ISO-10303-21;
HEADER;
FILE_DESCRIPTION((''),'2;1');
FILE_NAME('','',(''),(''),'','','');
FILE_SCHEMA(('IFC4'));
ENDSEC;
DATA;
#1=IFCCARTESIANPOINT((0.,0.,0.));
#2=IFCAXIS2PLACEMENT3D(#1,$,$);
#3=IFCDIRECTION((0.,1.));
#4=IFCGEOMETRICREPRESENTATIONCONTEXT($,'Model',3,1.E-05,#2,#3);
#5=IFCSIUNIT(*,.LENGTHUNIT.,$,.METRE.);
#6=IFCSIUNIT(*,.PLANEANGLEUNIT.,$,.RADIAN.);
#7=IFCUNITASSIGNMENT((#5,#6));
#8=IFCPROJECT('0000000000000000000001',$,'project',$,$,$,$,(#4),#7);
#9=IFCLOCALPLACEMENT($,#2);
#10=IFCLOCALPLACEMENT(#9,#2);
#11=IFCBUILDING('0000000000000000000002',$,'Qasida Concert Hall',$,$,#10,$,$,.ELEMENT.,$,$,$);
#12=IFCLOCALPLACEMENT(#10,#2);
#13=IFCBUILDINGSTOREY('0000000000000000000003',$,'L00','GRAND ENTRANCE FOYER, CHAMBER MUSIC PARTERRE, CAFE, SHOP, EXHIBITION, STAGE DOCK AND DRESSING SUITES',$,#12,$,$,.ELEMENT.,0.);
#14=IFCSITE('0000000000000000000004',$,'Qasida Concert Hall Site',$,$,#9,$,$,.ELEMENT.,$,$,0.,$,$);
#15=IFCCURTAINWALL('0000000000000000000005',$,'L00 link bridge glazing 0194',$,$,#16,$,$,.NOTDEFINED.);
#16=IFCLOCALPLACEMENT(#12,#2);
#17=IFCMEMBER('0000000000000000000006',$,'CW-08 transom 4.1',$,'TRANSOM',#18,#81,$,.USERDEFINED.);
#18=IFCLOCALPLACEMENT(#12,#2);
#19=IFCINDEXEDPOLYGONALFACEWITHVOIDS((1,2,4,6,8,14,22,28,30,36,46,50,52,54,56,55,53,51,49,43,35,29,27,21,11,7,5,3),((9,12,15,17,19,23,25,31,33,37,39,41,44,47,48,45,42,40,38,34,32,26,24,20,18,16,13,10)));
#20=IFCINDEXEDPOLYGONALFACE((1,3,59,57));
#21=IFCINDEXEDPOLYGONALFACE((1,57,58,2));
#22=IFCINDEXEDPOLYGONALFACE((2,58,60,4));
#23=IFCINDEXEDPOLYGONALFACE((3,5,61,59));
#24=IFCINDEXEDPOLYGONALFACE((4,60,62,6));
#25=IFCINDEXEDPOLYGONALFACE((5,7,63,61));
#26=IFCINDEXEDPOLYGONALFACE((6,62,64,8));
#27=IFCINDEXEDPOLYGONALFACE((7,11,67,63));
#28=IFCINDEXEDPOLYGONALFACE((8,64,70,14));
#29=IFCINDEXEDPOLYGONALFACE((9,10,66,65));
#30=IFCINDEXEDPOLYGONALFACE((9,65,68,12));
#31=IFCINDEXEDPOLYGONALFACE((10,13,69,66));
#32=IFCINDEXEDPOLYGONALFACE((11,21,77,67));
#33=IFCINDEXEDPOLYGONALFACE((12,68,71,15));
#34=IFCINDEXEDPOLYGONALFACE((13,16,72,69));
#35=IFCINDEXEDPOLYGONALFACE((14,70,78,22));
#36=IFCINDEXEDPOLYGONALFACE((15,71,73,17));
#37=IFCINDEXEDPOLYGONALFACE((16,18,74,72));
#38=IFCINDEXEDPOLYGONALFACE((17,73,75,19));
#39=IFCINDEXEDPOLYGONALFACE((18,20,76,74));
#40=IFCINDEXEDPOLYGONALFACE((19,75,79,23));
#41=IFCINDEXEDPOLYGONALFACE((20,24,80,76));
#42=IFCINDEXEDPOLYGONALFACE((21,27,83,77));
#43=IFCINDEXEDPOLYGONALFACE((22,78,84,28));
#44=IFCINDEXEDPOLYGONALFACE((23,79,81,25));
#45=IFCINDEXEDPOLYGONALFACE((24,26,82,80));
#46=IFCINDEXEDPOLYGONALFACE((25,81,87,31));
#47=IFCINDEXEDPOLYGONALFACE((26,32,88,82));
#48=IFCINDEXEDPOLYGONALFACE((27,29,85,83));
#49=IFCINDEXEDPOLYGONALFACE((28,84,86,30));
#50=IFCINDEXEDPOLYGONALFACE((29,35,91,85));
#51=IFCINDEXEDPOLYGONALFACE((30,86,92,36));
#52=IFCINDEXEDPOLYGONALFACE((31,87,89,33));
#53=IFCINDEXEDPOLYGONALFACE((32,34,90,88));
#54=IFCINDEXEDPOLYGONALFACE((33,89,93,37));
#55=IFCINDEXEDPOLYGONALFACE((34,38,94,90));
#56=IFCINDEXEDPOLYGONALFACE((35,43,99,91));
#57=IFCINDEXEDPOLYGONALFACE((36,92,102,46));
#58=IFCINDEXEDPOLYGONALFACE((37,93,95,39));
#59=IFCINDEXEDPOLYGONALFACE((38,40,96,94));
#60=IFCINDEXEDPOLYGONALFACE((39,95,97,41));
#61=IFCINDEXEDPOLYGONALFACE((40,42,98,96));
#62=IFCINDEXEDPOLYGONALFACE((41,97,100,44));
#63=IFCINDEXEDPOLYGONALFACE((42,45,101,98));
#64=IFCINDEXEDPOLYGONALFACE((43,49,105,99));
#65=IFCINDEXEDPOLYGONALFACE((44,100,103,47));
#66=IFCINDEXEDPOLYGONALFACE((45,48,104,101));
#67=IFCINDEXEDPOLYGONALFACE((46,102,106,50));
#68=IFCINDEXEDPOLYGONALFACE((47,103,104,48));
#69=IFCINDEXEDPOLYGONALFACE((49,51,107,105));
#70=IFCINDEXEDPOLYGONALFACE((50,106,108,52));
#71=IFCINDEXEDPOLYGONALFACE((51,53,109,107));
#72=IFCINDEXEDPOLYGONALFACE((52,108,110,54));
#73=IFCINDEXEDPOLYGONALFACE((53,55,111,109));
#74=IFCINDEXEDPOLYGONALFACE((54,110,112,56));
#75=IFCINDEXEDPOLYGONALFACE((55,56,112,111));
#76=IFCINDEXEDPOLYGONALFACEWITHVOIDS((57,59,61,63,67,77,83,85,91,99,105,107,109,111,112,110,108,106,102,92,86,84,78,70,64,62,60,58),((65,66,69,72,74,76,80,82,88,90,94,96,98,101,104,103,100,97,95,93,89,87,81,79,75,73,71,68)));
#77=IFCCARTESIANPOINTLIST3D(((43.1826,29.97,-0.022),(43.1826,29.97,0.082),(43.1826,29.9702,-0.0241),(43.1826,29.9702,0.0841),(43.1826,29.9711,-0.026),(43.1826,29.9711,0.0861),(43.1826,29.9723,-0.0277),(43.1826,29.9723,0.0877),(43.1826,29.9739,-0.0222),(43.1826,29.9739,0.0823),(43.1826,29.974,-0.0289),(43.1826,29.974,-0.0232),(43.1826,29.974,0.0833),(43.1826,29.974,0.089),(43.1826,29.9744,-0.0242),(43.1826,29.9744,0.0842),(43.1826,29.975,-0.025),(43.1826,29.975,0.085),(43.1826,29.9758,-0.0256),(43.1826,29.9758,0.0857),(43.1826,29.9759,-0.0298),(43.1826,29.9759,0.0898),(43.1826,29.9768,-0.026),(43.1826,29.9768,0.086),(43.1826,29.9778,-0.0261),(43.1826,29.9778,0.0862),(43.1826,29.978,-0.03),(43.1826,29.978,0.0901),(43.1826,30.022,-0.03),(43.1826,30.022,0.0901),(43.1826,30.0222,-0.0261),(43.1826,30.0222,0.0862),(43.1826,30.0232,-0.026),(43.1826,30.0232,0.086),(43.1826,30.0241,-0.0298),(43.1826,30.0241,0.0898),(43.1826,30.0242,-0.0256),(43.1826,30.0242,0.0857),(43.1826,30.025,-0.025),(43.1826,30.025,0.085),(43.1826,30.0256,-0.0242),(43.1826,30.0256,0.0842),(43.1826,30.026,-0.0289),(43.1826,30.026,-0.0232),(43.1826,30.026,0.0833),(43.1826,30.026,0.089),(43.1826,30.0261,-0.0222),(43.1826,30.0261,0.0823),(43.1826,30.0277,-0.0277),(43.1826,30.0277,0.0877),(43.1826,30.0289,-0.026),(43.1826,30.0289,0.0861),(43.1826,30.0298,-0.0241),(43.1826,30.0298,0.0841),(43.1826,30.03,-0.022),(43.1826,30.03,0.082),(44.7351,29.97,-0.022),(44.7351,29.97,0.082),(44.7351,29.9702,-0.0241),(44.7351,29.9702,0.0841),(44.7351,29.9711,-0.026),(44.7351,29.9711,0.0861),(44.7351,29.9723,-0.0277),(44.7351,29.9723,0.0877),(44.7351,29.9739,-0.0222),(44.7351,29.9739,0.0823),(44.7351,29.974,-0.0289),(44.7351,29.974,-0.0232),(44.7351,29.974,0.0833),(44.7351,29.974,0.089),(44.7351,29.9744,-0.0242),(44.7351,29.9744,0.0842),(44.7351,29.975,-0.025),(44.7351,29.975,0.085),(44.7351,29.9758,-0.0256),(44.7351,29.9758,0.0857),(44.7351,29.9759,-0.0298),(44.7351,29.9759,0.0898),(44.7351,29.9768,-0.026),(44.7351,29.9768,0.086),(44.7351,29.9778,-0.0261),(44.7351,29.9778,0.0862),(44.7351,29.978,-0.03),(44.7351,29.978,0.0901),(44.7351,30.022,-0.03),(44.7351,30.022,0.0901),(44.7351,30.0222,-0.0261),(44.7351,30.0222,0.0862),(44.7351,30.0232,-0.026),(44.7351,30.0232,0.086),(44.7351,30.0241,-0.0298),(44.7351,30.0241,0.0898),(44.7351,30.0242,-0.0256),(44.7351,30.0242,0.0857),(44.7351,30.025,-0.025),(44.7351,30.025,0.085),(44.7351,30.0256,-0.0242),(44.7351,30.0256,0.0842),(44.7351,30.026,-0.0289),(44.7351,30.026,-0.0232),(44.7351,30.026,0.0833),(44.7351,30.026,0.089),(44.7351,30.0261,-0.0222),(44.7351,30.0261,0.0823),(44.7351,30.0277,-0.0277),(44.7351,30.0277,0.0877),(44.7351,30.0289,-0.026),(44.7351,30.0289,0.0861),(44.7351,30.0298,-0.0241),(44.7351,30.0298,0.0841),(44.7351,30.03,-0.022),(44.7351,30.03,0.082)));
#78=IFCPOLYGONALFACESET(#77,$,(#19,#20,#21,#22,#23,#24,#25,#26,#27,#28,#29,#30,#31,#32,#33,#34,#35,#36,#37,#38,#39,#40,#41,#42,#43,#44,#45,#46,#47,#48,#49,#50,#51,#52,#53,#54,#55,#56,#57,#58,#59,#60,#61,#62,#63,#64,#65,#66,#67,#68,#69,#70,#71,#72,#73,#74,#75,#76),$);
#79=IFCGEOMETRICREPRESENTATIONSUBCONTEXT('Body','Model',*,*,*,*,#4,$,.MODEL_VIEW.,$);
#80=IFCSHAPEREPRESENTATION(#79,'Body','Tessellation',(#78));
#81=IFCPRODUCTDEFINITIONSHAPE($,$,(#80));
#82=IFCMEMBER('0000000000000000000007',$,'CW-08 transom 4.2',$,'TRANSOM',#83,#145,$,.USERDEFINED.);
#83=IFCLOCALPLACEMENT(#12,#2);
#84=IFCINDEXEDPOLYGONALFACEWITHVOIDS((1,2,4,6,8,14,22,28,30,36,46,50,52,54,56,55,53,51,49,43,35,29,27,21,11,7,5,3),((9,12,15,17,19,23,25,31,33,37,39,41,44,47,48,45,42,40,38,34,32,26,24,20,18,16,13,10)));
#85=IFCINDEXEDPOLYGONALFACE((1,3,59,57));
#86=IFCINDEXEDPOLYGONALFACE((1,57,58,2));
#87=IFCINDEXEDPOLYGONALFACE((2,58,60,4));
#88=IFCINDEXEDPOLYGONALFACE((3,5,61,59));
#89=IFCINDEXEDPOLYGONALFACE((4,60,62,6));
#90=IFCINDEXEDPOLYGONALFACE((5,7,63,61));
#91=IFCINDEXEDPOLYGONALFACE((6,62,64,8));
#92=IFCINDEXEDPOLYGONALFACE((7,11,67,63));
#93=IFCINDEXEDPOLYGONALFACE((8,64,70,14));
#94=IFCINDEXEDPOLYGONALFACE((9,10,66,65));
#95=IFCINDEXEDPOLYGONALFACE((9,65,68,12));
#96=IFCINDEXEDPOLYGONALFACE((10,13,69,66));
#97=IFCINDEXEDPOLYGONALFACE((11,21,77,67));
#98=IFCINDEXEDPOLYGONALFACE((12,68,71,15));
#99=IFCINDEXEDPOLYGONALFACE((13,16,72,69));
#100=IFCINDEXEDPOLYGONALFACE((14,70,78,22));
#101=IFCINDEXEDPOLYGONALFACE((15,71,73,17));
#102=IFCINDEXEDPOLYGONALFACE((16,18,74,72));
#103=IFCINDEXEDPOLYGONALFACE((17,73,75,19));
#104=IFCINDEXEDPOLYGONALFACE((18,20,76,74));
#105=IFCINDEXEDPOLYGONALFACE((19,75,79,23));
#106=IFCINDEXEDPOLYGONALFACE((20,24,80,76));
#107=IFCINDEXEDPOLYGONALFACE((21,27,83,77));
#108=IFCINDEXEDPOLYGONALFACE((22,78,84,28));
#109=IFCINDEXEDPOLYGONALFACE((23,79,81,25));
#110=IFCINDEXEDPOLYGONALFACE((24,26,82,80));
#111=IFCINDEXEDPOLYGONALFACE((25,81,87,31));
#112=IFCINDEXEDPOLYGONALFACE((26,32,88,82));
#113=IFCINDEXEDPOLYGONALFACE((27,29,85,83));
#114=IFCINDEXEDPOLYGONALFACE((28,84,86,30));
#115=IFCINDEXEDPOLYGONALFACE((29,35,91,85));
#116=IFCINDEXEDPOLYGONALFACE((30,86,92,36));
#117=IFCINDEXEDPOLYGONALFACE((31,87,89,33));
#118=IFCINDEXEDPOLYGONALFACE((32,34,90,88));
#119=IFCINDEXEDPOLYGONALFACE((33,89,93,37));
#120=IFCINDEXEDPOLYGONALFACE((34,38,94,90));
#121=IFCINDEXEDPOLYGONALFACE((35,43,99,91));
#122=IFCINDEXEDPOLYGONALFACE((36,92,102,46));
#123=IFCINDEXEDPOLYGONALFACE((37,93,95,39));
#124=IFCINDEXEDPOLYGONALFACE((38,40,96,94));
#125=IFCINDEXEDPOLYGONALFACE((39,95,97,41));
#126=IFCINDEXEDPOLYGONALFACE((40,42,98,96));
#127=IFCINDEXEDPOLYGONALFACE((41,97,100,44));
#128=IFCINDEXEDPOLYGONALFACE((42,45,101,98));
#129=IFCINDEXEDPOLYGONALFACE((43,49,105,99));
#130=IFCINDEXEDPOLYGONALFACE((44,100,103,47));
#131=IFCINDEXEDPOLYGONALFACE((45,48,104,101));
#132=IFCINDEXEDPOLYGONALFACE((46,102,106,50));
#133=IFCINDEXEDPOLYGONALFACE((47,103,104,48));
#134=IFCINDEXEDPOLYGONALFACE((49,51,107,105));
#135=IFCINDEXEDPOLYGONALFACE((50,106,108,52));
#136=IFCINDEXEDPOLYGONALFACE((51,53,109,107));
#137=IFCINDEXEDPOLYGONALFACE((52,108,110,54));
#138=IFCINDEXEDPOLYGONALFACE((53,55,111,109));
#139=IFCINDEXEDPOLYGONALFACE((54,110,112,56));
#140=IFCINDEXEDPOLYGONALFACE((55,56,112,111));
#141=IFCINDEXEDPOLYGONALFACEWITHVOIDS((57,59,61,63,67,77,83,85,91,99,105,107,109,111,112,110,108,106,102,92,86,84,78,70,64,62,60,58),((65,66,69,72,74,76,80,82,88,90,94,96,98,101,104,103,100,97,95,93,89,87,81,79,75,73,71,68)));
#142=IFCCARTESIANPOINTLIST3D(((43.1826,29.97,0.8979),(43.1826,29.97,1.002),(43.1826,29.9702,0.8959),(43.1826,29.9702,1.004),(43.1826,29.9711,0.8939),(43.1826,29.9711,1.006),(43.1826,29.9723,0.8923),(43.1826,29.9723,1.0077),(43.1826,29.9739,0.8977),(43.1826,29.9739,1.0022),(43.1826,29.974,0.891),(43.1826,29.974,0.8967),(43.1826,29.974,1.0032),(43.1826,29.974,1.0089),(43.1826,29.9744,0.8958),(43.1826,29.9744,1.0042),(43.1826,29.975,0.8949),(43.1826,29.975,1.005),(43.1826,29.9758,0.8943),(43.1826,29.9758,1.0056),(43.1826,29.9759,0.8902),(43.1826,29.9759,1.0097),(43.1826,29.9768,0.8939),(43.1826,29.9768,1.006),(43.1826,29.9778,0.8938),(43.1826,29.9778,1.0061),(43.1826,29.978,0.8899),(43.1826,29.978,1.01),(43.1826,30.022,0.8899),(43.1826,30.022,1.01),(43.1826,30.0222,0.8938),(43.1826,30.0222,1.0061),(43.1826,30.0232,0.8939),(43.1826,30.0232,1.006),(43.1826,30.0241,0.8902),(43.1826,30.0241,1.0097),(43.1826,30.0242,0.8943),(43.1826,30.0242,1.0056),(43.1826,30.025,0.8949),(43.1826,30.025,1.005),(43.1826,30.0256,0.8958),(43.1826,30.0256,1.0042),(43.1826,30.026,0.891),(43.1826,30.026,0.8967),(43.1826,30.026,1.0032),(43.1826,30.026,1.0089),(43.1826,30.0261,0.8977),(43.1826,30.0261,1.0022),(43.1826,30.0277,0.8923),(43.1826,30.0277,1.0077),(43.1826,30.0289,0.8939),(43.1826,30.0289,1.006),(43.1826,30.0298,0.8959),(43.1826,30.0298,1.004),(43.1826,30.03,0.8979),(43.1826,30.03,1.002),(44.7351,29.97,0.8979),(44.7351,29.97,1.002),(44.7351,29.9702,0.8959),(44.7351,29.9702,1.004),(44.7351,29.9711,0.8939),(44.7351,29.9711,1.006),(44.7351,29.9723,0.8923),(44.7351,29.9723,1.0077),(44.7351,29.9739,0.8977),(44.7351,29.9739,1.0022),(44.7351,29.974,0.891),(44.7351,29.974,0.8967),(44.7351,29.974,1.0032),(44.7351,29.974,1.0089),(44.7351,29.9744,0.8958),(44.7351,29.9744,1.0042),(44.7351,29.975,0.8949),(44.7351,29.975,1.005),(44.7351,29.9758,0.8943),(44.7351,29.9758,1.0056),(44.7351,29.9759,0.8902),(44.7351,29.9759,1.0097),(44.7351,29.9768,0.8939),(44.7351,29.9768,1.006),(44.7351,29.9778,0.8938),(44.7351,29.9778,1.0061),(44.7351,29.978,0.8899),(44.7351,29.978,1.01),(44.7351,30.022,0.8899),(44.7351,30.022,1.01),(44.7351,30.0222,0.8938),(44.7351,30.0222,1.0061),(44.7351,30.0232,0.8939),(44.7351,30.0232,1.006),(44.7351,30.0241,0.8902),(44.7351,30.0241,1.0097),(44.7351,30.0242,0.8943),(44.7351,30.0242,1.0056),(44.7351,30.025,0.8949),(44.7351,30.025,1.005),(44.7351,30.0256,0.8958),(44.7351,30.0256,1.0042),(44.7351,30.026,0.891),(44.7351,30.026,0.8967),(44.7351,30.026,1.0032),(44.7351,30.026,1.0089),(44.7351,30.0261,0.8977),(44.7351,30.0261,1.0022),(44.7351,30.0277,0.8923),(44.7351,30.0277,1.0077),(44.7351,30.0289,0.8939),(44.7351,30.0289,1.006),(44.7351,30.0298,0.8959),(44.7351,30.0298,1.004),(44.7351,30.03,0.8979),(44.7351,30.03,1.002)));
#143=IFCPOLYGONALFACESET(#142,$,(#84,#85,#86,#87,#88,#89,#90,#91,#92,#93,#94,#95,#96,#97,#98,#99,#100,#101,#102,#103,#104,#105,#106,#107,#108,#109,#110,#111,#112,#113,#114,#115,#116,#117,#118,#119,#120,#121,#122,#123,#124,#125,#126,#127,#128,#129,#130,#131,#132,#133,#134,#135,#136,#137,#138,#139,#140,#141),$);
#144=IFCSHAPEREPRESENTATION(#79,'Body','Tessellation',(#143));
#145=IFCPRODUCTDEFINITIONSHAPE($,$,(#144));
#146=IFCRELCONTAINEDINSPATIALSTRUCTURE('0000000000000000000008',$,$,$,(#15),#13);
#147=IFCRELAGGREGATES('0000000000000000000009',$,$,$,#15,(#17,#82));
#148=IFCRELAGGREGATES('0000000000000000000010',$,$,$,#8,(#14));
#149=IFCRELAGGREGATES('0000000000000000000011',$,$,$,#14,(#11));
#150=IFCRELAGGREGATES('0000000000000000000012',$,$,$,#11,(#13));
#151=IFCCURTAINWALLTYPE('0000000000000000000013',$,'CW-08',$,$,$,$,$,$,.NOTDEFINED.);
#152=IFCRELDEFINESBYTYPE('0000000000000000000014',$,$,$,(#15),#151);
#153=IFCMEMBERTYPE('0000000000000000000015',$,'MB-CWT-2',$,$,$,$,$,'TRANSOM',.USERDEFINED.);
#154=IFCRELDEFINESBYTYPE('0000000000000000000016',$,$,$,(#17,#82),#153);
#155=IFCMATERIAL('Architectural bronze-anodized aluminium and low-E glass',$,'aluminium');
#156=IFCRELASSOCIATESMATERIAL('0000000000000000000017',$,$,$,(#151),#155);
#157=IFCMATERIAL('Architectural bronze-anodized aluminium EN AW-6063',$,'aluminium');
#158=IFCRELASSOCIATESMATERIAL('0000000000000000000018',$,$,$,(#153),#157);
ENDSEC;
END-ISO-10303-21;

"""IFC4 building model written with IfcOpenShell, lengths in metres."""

from ifc_helpers import new_model, si_unit, direction, frame, origin, origin_2d, place, context, subcontext, project, spatial, hollow_rectangle, extrude, material, material_profile, profile_set, type_object, element, aggregate, save


model = new_model("IFC4")

# Units and contexts
model_context = context("Model", 3, precision=1e-05, world=origin(), true_north=direction((0.0, 1.0)))
body_context = subcontext(model_context, "Body", "Model", "MODEL_VIEW")
ifc_project = project(units=[si_unit("LENGTHUNIT", "METRE"), si_unit("PLANEANGLEUNIT", "RADIAN")], contexts=[model_context])

# Site, building, storey
site_placement = place(None, origin())
site = spatial("IfcSite", under=ifc_project, at=site_placement, Name="Qasida Concert Hall Site", CompositionType="ELEMENT", RefElevation=0.0)
building_placement = place(site_placement, origin())
building = spatial("IfcBuilding", under=site, at=building_placement, Name="Qasida Concert Hall", CompositionType="ELEMENT")
storey_placement = place(building_placement, origin())
storey = spatial("IfcBuildingStorey", under=building, at=storey_placement, Name="L00", Description="GRAND ENTRANCE FOYER, CHAMBER MUSIC PARTERRE, CAFE, SHOP, EXHIBITION, STAGE DOCK AND DRESSING SUITES", CompositionType="ELEMENT", Elevation=0.0)

# Curtain wall
ifc_material_1 = material(Name="Architectural bronze-anodized aluminium and low-E glass", Category="aluminium")
curtain_wall_type = type_object("IfcCurtainWallType", Name="CW-08", PredefinedType="NOTDEFINED", material=ifc_material_1)
curtain_wall_1_placement = place(storey_placement, origin())
curtain_wall_1 = element("IfcCurtainWall", 1, at=curtain_wall_1_placement, inside=storey, type_object=curtain_wall_type, Name="L00 link bridge glazing 0194", PredefinedType="NOTDEFINED")
ifc_material_2 = material(Name="Architectural bronze-anodized aluminium EN AW-6063", Category="aluminium")

# Members
ifc_material_profile_1 = material_profile(ifc_material_2, hollow_rectangle(XDim=0.0601, YDim=0.1201, WallThickness=0.0039, InnerFilletRadius=0.0039, OuterFilletRadius=0.0081, at=origin_2d()), Name="CWT 120x60x4")
ifc_profile_set_1 = profile_set([ifc_material_profile_1], Name="Architectural bronze-anodized aluminium EN AW-6063")
member_type_1 = type_object("IfcMemberType", Name="MB-CWT-2", ElementType="TRANSOM", PredefinedType="USERDEFINED", material=ifc_profile_set_1)
member_1_placement = place(storey_placement, frame((43.1826, 30.0, 0.03), z_axis=(1.0, 0.0, 0.0), x_axis=(0.0, 1.0, 0.0)))
member_1 = element("IfcMember", 2, at=member_1_placement, type_object=member_type_1, Name="CW-08 transom 4.1", ObjectType="TRANSOM", PredefinedType="USERDEFINED", context=body_context, shape_type="SweptSolid", body=[
    extrude(hollow_rectangle(XDim=0.0601, YDim=0.1201, WallThickness=0.0039, InnerFilletRadius=0.0039, OuterFilletRadius=0.0081, at=origin_2d()), origin(), (0.0, 0.0, 1.0), 1.5525),
])
member_2_placement = place(storey_placement, frame((43.1826, 30.0, 0.95), z_axis=(1.0, 0.0, 0.0), x_axis=(0.0, 1.0, 0.0)))
member_2 = element("IfcMember", 3, at=member_2_placement, type_object=member_type_1, Name="CW-08 transom 4.2", ObjectType="TRANSOM", PredefinedType="USERDEFINED", context=body_context, shape_type="SweptSolid", body=[
    extrude(hollow_rectangle(XDim=0.0601, YDim=0.1201, WallThickness=0.0039, InnerFilletRadius=0.0039, OuterFilletRadius=0.0081, at=origin_2d()), origin(), (0.0, 0.0, 1.0), 1.5525),
])

aggregate(curtain_wall_1, [member_1, member_2])

save(model, "model.ifc")
